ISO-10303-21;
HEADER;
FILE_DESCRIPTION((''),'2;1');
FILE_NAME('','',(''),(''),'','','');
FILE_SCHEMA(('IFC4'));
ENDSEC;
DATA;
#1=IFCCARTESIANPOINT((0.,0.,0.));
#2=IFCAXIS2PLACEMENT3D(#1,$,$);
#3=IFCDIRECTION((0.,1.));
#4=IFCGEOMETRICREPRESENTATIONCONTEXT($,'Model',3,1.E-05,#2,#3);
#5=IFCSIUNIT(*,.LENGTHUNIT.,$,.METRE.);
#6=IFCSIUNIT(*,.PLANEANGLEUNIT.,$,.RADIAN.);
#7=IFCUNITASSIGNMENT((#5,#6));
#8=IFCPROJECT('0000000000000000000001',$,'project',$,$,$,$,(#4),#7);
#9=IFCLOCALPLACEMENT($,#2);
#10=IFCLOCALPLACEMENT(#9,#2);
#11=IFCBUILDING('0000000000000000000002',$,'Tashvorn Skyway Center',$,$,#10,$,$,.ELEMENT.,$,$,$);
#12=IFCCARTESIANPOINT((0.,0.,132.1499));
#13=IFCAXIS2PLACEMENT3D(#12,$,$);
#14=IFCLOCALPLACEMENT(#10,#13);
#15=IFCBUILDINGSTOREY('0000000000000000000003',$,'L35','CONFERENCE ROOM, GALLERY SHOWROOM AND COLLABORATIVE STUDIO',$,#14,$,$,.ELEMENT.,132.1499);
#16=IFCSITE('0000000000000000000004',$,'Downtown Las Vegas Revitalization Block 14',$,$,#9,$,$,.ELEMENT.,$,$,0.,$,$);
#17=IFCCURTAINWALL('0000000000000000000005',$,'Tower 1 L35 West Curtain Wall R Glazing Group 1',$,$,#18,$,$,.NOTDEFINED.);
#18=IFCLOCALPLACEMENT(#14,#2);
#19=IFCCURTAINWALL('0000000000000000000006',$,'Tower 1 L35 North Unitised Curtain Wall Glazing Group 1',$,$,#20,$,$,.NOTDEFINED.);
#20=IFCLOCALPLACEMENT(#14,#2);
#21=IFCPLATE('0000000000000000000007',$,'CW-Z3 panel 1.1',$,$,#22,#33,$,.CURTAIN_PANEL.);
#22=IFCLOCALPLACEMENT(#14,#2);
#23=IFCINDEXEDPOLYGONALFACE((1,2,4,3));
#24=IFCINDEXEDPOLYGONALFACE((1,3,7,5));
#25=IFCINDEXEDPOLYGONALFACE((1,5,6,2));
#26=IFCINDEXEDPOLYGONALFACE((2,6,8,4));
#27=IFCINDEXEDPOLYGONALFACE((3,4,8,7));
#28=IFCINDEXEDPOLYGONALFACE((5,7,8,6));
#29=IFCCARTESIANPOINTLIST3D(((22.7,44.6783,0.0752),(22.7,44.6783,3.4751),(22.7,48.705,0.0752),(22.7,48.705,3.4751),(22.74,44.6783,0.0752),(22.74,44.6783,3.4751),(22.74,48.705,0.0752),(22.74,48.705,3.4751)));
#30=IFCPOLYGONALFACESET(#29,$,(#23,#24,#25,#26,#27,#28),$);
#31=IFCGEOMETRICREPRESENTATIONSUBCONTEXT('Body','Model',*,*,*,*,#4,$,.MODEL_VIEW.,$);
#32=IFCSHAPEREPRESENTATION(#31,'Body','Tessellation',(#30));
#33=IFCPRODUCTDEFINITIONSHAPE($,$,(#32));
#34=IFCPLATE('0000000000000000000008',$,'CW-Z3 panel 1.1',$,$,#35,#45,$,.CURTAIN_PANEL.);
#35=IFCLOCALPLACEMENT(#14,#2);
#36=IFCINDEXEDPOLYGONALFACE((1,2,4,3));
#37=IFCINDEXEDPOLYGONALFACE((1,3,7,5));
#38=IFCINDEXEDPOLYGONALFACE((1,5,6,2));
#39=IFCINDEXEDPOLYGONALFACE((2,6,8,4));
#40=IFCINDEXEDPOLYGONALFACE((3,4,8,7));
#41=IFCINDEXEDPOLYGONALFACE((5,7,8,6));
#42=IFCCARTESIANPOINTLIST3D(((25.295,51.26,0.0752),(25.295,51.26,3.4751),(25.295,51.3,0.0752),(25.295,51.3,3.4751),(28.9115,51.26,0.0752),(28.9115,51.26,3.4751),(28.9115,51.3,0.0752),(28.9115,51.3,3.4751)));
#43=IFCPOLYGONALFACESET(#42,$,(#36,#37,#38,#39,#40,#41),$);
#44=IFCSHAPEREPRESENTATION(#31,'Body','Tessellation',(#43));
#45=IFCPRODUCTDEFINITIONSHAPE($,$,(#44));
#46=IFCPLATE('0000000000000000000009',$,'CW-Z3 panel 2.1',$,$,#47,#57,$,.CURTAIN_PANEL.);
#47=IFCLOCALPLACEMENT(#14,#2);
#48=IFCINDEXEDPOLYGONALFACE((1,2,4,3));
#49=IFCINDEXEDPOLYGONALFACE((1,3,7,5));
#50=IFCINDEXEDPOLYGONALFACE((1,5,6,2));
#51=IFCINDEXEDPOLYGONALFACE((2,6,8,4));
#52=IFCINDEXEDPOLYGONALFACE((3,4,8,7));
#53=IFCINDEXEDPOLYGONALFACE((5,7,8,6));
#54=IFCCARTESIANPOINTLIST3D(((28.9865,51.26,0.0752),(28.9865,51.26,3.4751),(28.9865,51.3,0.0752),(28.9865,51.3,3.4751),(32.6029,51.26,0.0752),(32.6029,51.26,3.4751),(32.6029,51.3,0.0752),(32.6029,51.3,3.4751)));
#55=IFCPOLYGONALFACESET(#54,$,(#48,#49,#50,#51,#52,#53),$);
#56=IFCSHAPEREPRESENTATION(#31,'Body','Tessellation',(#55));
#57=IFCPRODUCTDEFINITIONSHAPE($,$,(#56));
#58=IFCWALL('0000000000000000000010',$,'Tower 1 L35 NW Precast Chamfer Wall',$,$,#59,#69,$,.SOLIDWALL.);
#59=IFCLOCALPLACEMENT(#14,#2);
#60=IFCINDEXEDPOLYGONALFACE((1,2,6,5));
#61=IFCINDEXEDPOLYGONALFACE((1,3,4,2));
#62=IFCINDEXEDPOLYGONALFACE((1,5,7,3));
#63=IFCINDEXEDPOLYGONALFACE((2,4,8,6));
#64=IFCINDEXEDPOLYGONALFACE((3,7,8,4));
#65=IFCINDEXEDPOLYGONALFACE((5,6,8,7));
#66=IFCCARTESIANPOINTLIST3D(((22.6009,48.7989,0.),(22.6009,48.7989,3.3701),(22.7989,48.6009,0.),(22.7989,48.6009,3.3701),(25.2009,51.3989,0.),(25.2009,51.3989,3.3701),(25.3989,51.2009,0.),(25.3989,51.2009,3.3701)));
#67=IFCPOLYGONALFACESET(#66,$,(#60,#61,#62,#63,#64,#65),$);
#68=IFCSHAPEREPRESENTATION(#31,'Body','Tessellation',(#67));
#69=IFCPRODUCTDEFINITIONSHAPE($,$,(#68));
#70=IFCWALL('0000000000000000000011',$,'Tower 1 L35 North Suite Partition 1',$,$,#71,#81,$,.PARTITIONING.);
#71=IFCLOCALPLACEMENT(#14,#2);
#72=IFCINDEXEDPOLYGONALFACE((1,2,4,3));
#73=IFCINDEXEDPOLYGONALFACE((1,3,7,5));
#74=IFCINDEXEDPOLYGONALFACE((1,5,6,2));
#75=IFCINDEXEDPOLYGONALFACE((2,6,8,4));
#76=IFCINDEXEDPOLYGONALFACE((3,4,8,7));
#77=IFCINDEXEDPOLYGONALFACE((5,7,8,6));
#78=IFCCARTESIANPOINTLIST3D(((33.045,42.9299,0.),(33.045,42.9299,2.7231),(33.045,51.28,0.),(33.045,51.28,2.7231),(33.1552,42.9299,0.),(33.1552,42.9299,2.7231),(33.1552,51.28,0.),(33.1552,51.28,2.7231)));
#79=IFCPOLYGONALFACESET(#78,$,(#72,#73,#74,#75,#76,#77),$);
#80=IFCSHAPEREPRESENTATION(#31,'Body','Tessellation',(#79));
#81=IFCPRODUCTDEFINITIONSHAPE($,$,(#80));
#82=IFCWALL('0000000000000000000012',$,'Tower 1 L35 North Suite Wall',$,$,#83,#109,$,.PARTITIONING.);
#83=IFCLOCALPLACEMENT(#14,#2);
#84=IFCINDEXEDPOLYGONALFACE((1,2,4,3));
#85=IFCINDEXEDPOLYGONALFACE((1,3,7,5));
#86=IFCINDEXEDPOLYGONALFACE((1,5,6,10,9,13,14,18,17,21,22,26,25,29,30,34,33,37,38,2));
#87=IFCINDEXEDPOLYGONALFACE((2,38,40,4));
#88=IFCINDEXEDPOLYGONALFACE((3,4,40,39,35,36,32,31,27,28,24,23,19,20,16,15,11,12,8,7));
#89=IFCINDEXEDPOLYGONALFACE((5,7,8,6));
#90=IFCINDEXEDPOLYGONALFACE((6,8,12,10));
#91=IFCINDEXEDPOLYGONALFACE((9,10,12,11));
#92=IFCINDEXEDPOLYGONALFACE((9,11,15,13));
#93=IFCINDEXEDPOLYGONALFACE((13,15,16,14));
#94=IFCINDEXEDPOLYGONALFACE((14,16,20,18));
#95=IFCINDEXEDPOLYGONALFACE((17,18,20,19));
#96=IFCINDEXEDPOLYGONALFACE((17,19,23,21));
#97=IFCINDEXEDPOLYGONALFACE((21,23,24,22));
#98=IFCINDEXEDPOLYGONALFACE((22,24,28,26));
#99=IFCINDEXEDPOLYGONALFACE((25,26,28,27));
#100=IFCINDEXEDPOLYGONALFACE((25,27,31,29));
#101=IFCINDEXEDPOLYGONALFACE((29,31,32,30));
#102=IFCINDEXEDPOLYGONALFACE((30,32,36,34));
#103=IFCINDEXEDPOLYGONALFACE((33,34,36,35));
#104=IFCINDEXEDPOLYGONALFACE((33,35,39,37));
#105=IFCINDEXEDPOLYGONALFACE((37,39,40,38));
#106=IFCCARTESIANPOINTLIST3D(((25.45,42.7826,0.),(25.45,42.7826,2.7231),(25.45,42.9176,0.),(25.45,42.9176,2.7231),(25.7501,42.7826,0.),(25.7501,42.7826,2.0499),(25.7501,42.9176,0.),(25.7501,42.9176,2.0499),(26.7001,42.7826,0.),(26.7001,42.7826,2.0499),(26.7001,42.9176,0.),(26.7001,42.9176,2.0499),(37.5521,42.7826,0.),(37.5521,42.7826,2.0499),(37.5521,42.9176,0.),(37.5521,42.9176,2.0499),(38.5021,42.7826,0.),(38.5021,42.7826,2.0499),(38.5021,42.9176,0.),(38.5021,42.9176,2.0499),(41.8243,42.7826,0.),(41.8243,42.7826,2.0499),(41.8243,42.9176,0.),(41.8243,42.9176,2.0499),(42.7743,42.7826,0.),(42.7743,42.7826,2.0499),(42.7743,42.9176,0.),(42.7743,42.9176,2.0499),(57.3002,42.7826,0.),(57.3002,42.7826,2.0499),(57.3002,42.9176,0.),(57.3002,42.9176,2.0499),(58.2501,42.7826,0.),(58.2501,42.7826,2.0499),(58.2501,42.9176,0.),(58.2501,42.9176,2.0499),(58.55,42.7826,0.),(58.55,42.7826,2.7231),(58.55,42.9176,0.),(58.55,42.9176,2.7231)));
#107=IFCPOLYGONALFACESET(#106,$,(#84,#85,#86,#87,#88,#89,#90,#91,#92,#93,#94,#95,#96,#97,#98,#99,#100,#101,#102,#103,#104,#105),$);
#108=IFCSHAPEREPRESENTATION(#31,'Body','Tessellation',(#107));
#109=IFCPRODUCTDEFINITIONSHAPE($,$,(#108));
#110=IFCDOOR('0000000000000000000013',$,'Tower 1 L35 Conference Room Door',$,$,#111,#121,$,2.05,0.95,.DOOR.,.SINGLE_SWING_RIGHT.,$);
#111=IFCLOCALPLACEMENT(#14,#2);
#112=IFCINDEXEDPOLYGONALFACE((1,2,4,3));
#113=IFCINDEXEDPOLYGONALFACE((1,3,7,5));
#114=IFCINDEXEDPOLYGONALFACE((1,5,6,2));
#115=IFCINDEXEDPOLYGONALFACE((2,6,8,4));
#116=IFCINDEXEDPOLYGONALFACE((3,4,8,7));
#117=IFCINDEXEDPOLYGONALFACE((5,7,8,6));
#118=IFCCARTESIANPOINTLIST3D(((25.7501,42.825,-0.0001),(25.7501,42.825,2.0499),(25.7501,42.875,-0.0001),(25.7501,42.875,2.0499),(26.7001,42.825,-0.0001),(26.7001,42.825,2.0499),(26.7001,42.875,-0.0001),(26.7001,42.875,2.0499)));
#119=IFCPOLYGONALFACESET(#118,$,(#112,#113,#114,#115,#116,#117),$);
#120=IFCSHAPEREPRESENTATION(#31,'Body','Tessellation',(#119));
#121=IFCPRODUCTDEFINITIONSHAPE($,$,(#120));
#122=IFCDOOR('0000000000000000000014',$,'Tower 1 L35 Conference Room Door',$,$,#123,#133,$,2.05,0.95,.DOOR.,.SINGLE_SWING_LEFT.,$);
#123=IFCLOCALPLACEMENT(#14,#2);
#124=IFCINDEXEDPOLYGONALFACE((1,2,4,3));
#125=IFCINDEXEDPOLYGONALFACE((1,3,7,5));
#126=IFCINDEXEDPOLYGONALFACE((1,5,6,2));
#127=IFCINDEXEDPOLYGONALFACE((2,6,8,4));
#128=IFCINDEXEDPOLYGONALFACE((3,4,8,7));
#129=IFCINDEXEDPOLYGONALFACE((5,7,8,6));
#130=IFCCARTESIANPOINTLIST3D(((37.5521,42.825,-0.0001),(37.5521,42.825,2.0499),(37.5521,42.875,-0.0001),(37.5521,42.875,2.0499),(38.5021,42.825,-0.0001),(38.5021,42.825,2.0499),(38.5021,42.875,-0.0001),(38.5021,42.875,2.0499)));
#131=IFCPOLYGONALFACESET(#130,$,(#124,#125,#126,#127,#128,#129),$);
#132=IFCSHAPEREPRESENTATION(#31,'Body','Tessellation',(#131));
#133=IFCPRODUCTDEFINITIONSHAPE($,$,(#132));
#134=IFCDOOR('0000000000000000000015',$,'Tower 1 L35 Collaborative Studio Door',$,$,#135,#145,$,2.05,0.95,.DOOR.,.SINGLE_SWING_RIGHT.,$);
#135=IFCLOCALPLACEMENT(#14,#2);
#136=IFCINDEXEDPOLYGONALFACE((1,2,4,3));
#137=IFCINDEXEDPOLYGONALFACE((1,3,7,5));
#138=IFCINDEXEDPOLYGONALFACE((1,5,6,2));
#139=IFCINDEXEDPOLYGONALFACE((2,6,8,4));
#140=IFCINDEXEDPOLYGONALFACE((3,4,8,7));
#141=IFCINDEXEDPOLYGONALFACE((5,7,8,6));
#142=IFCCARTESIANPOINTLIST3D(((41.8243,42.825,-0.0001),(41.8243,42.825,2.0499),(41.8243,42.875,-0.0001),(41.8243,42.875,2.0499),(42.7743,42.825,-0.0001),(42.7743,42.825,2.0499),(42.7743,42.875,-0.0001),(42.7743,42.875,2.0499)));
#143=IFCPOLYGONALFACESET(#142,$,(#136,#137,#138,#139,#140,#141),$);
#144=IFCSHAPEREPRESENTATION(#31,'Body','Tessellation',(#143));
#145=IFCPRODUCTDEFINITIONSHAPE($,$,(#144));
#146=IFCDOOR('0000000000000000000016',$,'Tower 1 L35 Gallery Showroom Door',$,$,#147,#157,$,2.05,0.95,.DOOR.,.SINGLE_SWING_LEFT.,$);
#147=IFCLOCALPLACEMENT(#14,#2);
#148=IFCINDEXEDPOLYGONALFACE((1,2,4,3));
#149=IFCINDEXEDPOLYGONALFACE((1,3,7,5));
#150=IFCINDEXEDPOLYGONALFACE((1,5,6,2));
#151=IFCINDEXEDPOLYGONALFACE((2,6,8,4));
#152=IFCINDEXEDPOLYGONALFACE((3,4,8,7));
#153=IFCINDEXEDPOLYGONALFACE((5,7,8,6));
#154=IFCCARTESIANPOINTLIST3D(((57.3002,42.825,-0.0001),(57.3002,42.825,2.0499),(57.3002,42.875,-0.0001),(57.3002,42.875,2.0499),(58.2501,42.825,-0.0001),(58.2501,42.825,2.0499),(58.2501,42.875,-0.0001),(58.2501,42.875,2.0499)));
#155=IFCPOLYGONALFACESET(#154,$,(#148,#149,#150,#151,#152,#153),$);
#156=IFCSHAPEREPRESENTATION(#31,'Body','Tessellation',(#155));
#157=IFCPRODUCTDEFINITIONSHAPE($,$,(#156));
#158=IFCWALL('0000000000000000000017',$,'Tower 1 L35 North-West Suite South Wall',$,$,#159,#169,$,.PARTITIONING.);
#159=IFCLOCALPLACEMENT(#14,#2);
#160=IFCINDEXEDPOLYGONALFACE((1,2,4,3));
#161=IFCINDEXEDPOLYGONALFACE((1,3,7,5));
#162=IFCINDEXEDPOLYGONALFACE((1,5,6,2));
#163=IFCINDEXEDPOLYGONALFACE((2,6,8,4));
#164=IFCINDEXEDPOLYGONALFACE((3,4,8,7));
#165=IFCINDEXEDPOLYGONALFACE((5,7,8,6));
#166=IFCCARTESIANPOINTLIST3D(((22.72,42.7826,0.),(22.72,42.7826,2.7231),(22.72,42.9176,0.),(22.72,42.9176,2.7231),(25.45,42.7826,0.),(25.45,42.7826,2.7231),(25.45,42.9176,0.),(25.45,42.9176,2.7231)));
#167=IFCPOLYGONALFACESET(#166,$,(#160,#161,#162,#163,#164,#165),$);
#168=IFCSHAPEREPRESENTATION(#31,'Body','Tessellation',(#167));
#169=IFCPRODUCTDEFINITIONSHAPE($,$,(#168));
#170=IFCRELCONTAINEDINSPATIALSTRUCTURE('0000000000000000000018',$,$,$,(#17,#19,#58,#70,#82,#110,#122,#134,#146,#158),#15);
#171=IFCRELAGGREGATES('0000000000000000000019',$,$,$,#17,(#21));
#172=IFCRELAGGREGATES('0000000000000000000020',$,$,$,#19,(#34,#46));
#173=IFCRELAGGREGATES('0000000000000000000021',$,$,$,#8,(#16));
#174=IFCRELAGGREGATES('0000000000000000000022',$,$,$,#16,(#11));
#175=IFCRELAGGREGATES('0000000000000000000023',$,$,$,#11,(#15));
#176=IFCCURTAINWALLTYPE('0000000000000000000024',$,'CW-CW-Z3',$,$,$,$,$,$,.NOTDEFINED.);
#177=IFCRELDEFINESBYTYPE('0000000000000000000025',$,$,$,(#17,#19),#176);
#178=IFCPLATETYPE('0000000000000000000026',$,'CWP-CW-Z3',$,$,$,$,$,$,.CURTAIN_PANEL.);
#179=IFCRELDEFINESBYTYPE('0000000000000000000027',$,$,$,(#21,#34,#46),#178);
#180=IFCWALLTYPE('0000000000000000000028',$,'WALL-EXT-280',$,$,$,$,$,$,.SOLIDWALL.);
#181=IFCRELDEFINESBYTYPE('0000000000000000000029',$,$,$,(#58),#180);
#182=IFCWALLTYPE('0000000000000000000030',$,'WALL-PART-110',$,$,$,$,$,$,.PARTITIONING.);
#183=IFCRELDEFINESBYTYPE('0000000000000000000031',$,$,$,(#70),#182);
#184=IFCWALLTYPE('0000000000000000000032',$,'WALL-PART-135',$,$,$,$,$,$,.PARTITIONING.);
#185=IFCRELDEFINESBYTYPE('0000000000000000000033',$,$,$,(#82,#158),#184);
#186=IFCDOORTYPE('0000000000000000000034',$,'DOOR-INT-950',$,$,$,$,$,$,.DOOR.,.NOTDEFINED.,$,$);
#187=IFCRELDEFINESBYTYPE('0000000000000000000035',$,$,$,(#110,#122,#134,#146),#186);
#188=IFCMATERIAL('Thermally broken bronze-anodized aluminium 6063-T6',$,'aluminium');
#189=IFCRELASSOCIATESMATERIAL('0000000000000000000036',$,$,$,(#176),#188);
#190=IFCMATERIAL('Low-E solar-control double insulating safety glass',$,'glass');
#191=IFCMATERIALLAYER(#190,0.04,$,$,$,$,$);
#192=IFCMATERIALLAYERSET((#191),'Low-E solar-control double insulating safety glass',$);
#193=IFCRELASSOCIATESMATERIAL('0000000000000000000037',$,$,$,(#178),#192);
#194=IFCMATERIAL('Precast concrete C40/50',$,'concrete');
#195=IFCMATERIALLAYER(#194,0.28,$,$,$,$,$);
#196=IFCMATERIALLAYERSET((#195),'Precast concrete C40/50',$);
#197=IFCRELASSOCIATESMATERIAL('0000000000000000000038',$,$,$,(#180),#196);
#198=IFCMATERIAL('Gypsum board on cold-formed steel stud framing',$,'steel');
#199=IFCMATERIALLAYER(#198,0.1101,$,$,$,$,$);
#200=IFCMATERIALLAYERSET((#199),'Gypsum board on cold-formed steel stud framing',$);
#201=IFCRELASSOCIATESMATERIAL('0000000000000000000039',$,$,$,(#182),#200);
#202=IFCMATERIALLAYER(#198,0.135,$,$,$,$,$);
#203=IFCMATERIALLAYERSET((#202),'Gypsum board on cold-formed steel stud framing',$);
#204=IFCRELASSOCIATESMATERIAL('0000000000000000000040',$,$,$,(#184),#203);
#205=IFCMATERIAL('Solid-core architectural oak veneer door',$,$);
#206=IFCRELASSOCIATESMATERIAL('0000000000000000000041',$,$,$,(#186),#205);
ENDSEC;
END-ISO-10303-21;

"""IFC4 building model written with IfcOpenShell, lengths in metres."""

from ifc_helpers import new_model, si_unit, direction, frame, frame_2d, origin, origin_2d, place, context, subcontext, project, spatial, rectangle, extrude, material, layer, layer_set, type_object, element, fill, aggregate, save


model = new_model("IFC4")

# Units and contexts
model_context = context("Model", 3, precision=1e-05, world=origin(), true_north=direction((0.0, 1.0)))
body_context = subcontext(model_context, "Body", "Model", "MODEL_VIEW")
ifc_project = project(units=[si_unit("LENGTHUNIT", "METRE"), si_unit("PLANEANGLEUNIT", "RADIAN")], contexts=[model_context])

# Site, building, storey
site_placement = place(None, origin())
site = spatial("IfcSite", under=ifc_project, at=site_placement, Name="Downtown Las Vegas Revitalization Block 14", CompositionType="ELEMENT", RefElevation=0.0)
building_placement = place(site_placement, origin())
building = spatial("IfcBuilding", under=site, at=building_placement, Name="Tashvorn Skyway Center", CompositionType="ELEMENT")
storey_placement = place(building_placement, frame((0.0, 0.0, 132.1499)))
storey = spatial("IfcBuildingStorey", under=building, at=storey_placement, Name="L35", Description="CONFERENCE ROOM, GALLERY SHOWROOM AND COLLABORATIVE STUDIO", CompositionType="ELEMENT", Elevation=132.1499)

# Curtain walls
ifc_material_1 = material(Name="Thermally broken bronze-anodized aluminium 6063-T6", Category="aluminium")
curtain_wall_type = type_object("IfcCurtainWallType", Name="CW-CW-Z3", PredefinedType="NOTDEFINED", material=ifc_material_1)
curtain_wall_1_placement = place(storey_placement, origin())
curtain_wall_1 = element("IfcCurtainWall", 1, at=curtain_wall_1_placement, inside=storey, type_object=curtain_wall_type, Name="Tower 1 L35 West Curtain Wall R Glazing Group 1", PredefinedType="NOTDEFINED")
curtain_wall_2_placement = place(storey_placement, origin())
curtain_wall_2 = element("IfcCurtainWall", 2, at=curtain_wall_2_placement, inside=storey, type_object=curtain_wall_type, Name="Tower 1 L35 North Unitised Curtain Wall Glazing Group 1", PredefinedType="NOTDEFINED")

# Plates
ifc_material_2 = material(Name="Low-E solar-control double insulating safety glass", Category="glass")
ifc_layer_1 = layer(ifc_material_2, 0.04)
ifc_layer_set_1 = layer_set([ifc_layer_1], Name="Low-E solar-control double insulating safety glass")
plate_type = type_object("IfcPlateType", Name="CWP-CW-Z3", PredefinedType="CURTAIN_PANEL", material=ifc_layer_set_1)
plate_1_placement = place(storey_placement, frame((22.72, 46.6917, 0.0752), z_axis=(0.0, 0.0, 1.0), x_axis=(0.0, 1.0, 0.0)))
plate_1 = element("IfcPlate", 3, at=plate_1_placement, type_object=plate_type, Name="CW-Z3 panel 1.1", PredefinedType="CURTAIN_PANEL", context=body_context, shape_type="SweptSolid", body=[
    extrude(rectangle(XDim=4.0266, YDim=0.04, at=origin_2d()), origin(), (0.0, 0.0, 1.0), 3.3999),
])
aggregate(curtain_wall_1, [plate_1])
plate_2_placement = place(storey_placement, frame((27.1033, 51.28, 0.0752), z_axis=(0.0, 0.0, 1.0), x_axis=(1.0, 0.0, 0.0)))
plate_2 = element("IfcPlate", 4, at=plate_2_placement, type_object=plate_type, Name="CW-Z3 panel 1.1", PredefinedType="CURTAIN_PANEL", context=body_context, shape_type="SweptSolid", body=[
    extrude(rectangle(XDim=3.6165, YDim=0.04, at=origin_2d()), origin(), (0.0, 0.0, 1.0), 3.3999),
])
plate_3_placement = place(storey_placement, frame((30.7947, 51.28, 0.0752), z_axis=(0.0, 0.0, 1.0), x_axis=(1.0, 0.0, 0.0)))
plate_3 = element("IfcPlate", 5, at=plate_3_placement, type_object=plate_type, Name="CW-Z3 panel 2.1", PredefinedType="CURTAIN_PANEL", context=body_context, shape_type="SweptSolid", body=[
    extrude(rectangle(XDim=3.6165, YDim=0.04, at=origin_2d()), origin(), (0.0, 0.0, 1.0), 3.3999),
])
aggregate(curtain_wall_2, [plate_2, plate_3])

# Walls
ifc_material_3 = material(Name="Precast concrete C40/50", Category="concrete")
ifc_layer_2 = layer(ifc_material_3, 0.28)
ifc_layer_set_2 = layer_set([ifc_layer_2], Name="Precast concrete C40/50")
wall_type_1 = type_object("IfcWallType", Name="WALL-EXT-280", PredefinedType="SOLIDWALL", material=ifc_layer_set_2)
wall_1_placement = place(storey_placement, frame((22.7, 48.7, 0.0), z_axis=(0.0, 0.0, 1.0), x_axis=(0.707107, 0.707107, 0.0)))
element("IfcWall", 6, at=wall_1_placement, inside=storey, type_object=wall_type_1, Name="Tower 1 L35 NW Precast Chamfer Wall", PredefinedType="SOLIDWALL", context=body_context, shape_type="SweptSolid", body=[
    extrude(rectangle(XDim=3.677, YDim=0.28, at=frame_2d((1.8384, 0.0))), origin(), (0.0, 0.0, 1.0), 3.3701),
])
ifc_material_4 = material(Name="Gypsum board on cold-formed steel stud framing", Category="steel")
ifc_layer_3 = layer(ifc_material_4, 0.1101)
ifc_layer_set_3 = layer_set([ifc_layer_3], Name="Gypsum board on cold-formed steel stud framing")
wall_type_2 = type_object("IfcWallType", Name="WALL-PART-110", PredefinedType="PARTITIONING", material=ifc_layer_set_3)
wall_2_placement = place(storey_placement, frame((33.1001, 42.9299, 0.0), z_axis=(0.0, 0.0, 1.0), x_axis=(0.0, 1.0, 0.0)))
element("IfcWall", 7, at=wall_2_placement, inside=storey, type_object=wall_type_2, Name="Tower 1 L35 North Suite Partition 1", PredefinedType="PARTITIONING", context=body_context, shape_type="SweptSolid", body=[
    extrude(rectangle(XDim=8.3501, YDim=0.1101, at=frame_2d((4.175, 0.0))), origin(), (0.0, 0.0, 1.0), 2.7231),
])

# Wall, openings, doors
ifc_layer_4 = layer(ifc_material_4, 0.135)
ifc_layer_set_4 = layer_set([ifc_layer_4], Name="Gypsum board on cold-formed steel stud framing")
wall_type_3 = type_object("IfcWallType", Name="WALL-PART-135", PredefinedType="PARTITIONING", material=ifc_layer_set_4)
wall_3_placement = place(storey_placement, frame((25.45, 42.8501, 0.0), z_axis=(0.0, 0.0, 1.0), x_axis=(1.0, 0.0, 0.0)))
wall_3 = element("IfcWall", 8, at=wall_3_placement, inside=storey, type_object=wall_type_3, Name="Tower 1 L35 North Suite Wall", PredefinedType="PARTITIONING", context=body_context, shape_type="SweptSolid", body=[
    extrude(rectangle(XDim=33.1001, YDim=0.135, at=frame_2d((16.55, 0.0))), origin(), (0.0, 0.0, 1.0), 2.7231),
])
opening_1_placement = place(wall_3_placement, frame((0.3, 0.0, 0.0)))
opening_1 = element("IfcOpeningElement", 9, at=opening_1_placement, cuts=wall_3, PredefinedType="OPENING", context=body_context, shape_type="SweptSolid", body=[
    extrude(rectangle(XDim=0.95, YDim=2.05, at=frame_2d((0.4751, 1.0249))), frame((0.0, 0.0774, 0.0), z_axis=(0.0, -1.0, 0.0), x_axis=(1.0, 0.0, 0.0)), (0.0, 0.0, 1.0), 0.155),
])
opening_2_placement = place(wall_3_placement, frame((12.1021, 0.0, 0.0)))
opening_2 = element("IfcOpeningElement", 10, at=opening_2_placement, cuts=wall_3, PredefinedType="OPENING", context=body_context, shape_type="SweptSolid", body=[
    extrude(rectangle(XDim=0.95, YDim=2.05, at=frame_2d((0.4751, 1.0249))), frame((0.0, 0.0774, 0.0), z_axis=(0.0, -1.0, 0.0), x_axis=(1.0, 0.0, 0.0)), (0.0, 0.0, 1.0), 0.155),
])
opening_3_placement = place(wall_3_placement, frame((16.3743, 0.0, 0.0)))
opening_3 = element("IfcOpeningElement", 11, at=opening_3_placement, cuts=wall_3, PredefinedType="OPENING", context=body_context, shape_type="SweptSolid", body=[
    extrude(rectangle(XDim=0.95, YDim=2.05, at=frame_2d((0.4751, 1.0249))), frame((0.0, 0.0774, 0.0), z_axis=(0.0, -1.0, 0.0), x_axis=(1.0, 0.0, 0.0)), (0.0, 0.0, 1.0), 0.155),
])
opening_4_placement = place(wall_3_placement, frame((31.8501, 0.0, 0.0)))
opening_4 = element("IfcOpeningElement", 12, at=opening_4_placement, cuts=wall_3, PredefinedType="OPENING", context=body_context, shape_type="SweptSolid", body=[
    extrude(rectangle(XDim=0.95, YDim=2.05, at=frame_2d((0.4751, 1.0249))), frame((0.0, 0.0774, 0.0), z_axis=(0.0, -1.0, 0.0), x_axis=(1.0, 0.0, 0.0)), (0.0, 0.0, 1.0), 0.155),
])
ifc_material_5 = material(Name="Solid-core architectural oak veneer door")
door_type = type_object("IfcDoorType", Name="DOOR-INT-950", OperationType="NOTDEFINED", PredefinedType="DOOR", material=ifc_material_5)
door_1_placement = place(opening_1_placement, origin())
door_1 = element("IfcDoor", 13, at=door_1_placement, inside=storey, type_object=door_type, Name="Tower 1 L35 Conference Room Door", OperationType="SINGLE_SWING_RIGHT", OverallHeight=2.05, OverallWidth=0.95, PredefinedType="DOOR", context=body_context, shape_type="SweptSolid", body=[
    extrude(rectangle(XDim=0.95, YDim=2.05, at=frame_2d((0.4751, 1.0249))), frame((0.0, 0.0249, 0.0), z_axis=(0.0, -1.0, 0.0), x_axis=(1.0, 0.0, 0.0)), (0.0, 0.0, 1.0), 0.05),
])
fill(opening_1, door_1)
door_2_placement = place(opening_2_placement, origin())
door_2 = element("IfcDoor", 14, at=door_2_placement, inside=storey, type_object=door_type, Name="Tower 1 L35 Conference Room Door", OperationType="SINGLE_SWING_LEFT", OverallHeight=2.05, OverallWidth=0.95, PredefinedType="DOOR", context=body_context, shape_type="SweptSolid", body=[
    extrude(rectangle(XDim=0.95, YDim=2.05, at=frame_2d((0.4751, 1.0249))), frame((0.0, 0.0249, 0.0), z_axis=(0.0, -1.0, 0.0), x_axis=(1.0, 0.0, 0.0)), (0.0, 0.0, 1.0), 0.05),
])
fill(opening_2, door_2)
door_3_placement = place(opening_3_placement, origin())
door_3 = element("IfcDoor", 15, at=door_3_placement, inside=storey, type_object=door_type, Name="Tower 1 L35 Collaborative Studio Door", OperationType="SINGLE_SWING_RIGHT", OverallHeight=2.05, OverallWidth=0.95, PredefinedType="DOOR", context=body_context, shape_type="SweptSolid", body=[
    extrude(rectangle(XDim=0.95, YDim=2.05, at=frame_2d((0.4751, 1.0249))), frame((0.0, 0.0249, 0.0), z_axis=(0.0, -1.0, 0.0), x_axis=(1.0, 0.0, 0.0)), (0.0, 0.0, 1.0), 0.05),
])
fill(opening_3, door_3)
door_4_placement = place(opening_4_placement, origin())
door_4 = element("IfcDoor", 16, at=door_4_placement, inside=storey, type_object=door_type, Name="Tower 1 L35 Gallery Showroom Door", OperationType="SINGLE_SWING_LEFT", OverallHeight=2.05, OverallWidth=0.95, PredefinedType="DOOR", context=body_context, shape_type="SweptSolid", body=[
    extrude(rectangle(XDim=0.95, YDim=2.05, at=frame_2d((0.4751, 1.0249))), frame((0.0, 0.0249, 0.0), z_axis=(0.0, -1.0, 0.0), x_axis=(1.0, 0.0, 0.0)), (0.0, 0.0, 1.0), 0.05),
])
fill(opening_4, door_4)

# Wall
wall_4_placement = place(storey_placement, frame((22.72, 42.8501, 0.0), z_axis=(0.0, 0.0, 1.0), x_axis=(1.0, 0.0, 0.0)))
element("IfcWall", 17, at=wall_4_placement, inside=storey, type_object=wall_type_3, Name="Tower 1 L35 North-West Suite South Wall", PredefinedType="PARTITIONING", context=body_context, shape_type="SweptSolid", body=[
    extrude(rectangle(XDim=2.73, YDim=0.135, at=frame_2d((1.365, 0.0))), origin(), (0.0, 0.0, 1.0), 2.7231),
])

save(model, "model.ifc")
